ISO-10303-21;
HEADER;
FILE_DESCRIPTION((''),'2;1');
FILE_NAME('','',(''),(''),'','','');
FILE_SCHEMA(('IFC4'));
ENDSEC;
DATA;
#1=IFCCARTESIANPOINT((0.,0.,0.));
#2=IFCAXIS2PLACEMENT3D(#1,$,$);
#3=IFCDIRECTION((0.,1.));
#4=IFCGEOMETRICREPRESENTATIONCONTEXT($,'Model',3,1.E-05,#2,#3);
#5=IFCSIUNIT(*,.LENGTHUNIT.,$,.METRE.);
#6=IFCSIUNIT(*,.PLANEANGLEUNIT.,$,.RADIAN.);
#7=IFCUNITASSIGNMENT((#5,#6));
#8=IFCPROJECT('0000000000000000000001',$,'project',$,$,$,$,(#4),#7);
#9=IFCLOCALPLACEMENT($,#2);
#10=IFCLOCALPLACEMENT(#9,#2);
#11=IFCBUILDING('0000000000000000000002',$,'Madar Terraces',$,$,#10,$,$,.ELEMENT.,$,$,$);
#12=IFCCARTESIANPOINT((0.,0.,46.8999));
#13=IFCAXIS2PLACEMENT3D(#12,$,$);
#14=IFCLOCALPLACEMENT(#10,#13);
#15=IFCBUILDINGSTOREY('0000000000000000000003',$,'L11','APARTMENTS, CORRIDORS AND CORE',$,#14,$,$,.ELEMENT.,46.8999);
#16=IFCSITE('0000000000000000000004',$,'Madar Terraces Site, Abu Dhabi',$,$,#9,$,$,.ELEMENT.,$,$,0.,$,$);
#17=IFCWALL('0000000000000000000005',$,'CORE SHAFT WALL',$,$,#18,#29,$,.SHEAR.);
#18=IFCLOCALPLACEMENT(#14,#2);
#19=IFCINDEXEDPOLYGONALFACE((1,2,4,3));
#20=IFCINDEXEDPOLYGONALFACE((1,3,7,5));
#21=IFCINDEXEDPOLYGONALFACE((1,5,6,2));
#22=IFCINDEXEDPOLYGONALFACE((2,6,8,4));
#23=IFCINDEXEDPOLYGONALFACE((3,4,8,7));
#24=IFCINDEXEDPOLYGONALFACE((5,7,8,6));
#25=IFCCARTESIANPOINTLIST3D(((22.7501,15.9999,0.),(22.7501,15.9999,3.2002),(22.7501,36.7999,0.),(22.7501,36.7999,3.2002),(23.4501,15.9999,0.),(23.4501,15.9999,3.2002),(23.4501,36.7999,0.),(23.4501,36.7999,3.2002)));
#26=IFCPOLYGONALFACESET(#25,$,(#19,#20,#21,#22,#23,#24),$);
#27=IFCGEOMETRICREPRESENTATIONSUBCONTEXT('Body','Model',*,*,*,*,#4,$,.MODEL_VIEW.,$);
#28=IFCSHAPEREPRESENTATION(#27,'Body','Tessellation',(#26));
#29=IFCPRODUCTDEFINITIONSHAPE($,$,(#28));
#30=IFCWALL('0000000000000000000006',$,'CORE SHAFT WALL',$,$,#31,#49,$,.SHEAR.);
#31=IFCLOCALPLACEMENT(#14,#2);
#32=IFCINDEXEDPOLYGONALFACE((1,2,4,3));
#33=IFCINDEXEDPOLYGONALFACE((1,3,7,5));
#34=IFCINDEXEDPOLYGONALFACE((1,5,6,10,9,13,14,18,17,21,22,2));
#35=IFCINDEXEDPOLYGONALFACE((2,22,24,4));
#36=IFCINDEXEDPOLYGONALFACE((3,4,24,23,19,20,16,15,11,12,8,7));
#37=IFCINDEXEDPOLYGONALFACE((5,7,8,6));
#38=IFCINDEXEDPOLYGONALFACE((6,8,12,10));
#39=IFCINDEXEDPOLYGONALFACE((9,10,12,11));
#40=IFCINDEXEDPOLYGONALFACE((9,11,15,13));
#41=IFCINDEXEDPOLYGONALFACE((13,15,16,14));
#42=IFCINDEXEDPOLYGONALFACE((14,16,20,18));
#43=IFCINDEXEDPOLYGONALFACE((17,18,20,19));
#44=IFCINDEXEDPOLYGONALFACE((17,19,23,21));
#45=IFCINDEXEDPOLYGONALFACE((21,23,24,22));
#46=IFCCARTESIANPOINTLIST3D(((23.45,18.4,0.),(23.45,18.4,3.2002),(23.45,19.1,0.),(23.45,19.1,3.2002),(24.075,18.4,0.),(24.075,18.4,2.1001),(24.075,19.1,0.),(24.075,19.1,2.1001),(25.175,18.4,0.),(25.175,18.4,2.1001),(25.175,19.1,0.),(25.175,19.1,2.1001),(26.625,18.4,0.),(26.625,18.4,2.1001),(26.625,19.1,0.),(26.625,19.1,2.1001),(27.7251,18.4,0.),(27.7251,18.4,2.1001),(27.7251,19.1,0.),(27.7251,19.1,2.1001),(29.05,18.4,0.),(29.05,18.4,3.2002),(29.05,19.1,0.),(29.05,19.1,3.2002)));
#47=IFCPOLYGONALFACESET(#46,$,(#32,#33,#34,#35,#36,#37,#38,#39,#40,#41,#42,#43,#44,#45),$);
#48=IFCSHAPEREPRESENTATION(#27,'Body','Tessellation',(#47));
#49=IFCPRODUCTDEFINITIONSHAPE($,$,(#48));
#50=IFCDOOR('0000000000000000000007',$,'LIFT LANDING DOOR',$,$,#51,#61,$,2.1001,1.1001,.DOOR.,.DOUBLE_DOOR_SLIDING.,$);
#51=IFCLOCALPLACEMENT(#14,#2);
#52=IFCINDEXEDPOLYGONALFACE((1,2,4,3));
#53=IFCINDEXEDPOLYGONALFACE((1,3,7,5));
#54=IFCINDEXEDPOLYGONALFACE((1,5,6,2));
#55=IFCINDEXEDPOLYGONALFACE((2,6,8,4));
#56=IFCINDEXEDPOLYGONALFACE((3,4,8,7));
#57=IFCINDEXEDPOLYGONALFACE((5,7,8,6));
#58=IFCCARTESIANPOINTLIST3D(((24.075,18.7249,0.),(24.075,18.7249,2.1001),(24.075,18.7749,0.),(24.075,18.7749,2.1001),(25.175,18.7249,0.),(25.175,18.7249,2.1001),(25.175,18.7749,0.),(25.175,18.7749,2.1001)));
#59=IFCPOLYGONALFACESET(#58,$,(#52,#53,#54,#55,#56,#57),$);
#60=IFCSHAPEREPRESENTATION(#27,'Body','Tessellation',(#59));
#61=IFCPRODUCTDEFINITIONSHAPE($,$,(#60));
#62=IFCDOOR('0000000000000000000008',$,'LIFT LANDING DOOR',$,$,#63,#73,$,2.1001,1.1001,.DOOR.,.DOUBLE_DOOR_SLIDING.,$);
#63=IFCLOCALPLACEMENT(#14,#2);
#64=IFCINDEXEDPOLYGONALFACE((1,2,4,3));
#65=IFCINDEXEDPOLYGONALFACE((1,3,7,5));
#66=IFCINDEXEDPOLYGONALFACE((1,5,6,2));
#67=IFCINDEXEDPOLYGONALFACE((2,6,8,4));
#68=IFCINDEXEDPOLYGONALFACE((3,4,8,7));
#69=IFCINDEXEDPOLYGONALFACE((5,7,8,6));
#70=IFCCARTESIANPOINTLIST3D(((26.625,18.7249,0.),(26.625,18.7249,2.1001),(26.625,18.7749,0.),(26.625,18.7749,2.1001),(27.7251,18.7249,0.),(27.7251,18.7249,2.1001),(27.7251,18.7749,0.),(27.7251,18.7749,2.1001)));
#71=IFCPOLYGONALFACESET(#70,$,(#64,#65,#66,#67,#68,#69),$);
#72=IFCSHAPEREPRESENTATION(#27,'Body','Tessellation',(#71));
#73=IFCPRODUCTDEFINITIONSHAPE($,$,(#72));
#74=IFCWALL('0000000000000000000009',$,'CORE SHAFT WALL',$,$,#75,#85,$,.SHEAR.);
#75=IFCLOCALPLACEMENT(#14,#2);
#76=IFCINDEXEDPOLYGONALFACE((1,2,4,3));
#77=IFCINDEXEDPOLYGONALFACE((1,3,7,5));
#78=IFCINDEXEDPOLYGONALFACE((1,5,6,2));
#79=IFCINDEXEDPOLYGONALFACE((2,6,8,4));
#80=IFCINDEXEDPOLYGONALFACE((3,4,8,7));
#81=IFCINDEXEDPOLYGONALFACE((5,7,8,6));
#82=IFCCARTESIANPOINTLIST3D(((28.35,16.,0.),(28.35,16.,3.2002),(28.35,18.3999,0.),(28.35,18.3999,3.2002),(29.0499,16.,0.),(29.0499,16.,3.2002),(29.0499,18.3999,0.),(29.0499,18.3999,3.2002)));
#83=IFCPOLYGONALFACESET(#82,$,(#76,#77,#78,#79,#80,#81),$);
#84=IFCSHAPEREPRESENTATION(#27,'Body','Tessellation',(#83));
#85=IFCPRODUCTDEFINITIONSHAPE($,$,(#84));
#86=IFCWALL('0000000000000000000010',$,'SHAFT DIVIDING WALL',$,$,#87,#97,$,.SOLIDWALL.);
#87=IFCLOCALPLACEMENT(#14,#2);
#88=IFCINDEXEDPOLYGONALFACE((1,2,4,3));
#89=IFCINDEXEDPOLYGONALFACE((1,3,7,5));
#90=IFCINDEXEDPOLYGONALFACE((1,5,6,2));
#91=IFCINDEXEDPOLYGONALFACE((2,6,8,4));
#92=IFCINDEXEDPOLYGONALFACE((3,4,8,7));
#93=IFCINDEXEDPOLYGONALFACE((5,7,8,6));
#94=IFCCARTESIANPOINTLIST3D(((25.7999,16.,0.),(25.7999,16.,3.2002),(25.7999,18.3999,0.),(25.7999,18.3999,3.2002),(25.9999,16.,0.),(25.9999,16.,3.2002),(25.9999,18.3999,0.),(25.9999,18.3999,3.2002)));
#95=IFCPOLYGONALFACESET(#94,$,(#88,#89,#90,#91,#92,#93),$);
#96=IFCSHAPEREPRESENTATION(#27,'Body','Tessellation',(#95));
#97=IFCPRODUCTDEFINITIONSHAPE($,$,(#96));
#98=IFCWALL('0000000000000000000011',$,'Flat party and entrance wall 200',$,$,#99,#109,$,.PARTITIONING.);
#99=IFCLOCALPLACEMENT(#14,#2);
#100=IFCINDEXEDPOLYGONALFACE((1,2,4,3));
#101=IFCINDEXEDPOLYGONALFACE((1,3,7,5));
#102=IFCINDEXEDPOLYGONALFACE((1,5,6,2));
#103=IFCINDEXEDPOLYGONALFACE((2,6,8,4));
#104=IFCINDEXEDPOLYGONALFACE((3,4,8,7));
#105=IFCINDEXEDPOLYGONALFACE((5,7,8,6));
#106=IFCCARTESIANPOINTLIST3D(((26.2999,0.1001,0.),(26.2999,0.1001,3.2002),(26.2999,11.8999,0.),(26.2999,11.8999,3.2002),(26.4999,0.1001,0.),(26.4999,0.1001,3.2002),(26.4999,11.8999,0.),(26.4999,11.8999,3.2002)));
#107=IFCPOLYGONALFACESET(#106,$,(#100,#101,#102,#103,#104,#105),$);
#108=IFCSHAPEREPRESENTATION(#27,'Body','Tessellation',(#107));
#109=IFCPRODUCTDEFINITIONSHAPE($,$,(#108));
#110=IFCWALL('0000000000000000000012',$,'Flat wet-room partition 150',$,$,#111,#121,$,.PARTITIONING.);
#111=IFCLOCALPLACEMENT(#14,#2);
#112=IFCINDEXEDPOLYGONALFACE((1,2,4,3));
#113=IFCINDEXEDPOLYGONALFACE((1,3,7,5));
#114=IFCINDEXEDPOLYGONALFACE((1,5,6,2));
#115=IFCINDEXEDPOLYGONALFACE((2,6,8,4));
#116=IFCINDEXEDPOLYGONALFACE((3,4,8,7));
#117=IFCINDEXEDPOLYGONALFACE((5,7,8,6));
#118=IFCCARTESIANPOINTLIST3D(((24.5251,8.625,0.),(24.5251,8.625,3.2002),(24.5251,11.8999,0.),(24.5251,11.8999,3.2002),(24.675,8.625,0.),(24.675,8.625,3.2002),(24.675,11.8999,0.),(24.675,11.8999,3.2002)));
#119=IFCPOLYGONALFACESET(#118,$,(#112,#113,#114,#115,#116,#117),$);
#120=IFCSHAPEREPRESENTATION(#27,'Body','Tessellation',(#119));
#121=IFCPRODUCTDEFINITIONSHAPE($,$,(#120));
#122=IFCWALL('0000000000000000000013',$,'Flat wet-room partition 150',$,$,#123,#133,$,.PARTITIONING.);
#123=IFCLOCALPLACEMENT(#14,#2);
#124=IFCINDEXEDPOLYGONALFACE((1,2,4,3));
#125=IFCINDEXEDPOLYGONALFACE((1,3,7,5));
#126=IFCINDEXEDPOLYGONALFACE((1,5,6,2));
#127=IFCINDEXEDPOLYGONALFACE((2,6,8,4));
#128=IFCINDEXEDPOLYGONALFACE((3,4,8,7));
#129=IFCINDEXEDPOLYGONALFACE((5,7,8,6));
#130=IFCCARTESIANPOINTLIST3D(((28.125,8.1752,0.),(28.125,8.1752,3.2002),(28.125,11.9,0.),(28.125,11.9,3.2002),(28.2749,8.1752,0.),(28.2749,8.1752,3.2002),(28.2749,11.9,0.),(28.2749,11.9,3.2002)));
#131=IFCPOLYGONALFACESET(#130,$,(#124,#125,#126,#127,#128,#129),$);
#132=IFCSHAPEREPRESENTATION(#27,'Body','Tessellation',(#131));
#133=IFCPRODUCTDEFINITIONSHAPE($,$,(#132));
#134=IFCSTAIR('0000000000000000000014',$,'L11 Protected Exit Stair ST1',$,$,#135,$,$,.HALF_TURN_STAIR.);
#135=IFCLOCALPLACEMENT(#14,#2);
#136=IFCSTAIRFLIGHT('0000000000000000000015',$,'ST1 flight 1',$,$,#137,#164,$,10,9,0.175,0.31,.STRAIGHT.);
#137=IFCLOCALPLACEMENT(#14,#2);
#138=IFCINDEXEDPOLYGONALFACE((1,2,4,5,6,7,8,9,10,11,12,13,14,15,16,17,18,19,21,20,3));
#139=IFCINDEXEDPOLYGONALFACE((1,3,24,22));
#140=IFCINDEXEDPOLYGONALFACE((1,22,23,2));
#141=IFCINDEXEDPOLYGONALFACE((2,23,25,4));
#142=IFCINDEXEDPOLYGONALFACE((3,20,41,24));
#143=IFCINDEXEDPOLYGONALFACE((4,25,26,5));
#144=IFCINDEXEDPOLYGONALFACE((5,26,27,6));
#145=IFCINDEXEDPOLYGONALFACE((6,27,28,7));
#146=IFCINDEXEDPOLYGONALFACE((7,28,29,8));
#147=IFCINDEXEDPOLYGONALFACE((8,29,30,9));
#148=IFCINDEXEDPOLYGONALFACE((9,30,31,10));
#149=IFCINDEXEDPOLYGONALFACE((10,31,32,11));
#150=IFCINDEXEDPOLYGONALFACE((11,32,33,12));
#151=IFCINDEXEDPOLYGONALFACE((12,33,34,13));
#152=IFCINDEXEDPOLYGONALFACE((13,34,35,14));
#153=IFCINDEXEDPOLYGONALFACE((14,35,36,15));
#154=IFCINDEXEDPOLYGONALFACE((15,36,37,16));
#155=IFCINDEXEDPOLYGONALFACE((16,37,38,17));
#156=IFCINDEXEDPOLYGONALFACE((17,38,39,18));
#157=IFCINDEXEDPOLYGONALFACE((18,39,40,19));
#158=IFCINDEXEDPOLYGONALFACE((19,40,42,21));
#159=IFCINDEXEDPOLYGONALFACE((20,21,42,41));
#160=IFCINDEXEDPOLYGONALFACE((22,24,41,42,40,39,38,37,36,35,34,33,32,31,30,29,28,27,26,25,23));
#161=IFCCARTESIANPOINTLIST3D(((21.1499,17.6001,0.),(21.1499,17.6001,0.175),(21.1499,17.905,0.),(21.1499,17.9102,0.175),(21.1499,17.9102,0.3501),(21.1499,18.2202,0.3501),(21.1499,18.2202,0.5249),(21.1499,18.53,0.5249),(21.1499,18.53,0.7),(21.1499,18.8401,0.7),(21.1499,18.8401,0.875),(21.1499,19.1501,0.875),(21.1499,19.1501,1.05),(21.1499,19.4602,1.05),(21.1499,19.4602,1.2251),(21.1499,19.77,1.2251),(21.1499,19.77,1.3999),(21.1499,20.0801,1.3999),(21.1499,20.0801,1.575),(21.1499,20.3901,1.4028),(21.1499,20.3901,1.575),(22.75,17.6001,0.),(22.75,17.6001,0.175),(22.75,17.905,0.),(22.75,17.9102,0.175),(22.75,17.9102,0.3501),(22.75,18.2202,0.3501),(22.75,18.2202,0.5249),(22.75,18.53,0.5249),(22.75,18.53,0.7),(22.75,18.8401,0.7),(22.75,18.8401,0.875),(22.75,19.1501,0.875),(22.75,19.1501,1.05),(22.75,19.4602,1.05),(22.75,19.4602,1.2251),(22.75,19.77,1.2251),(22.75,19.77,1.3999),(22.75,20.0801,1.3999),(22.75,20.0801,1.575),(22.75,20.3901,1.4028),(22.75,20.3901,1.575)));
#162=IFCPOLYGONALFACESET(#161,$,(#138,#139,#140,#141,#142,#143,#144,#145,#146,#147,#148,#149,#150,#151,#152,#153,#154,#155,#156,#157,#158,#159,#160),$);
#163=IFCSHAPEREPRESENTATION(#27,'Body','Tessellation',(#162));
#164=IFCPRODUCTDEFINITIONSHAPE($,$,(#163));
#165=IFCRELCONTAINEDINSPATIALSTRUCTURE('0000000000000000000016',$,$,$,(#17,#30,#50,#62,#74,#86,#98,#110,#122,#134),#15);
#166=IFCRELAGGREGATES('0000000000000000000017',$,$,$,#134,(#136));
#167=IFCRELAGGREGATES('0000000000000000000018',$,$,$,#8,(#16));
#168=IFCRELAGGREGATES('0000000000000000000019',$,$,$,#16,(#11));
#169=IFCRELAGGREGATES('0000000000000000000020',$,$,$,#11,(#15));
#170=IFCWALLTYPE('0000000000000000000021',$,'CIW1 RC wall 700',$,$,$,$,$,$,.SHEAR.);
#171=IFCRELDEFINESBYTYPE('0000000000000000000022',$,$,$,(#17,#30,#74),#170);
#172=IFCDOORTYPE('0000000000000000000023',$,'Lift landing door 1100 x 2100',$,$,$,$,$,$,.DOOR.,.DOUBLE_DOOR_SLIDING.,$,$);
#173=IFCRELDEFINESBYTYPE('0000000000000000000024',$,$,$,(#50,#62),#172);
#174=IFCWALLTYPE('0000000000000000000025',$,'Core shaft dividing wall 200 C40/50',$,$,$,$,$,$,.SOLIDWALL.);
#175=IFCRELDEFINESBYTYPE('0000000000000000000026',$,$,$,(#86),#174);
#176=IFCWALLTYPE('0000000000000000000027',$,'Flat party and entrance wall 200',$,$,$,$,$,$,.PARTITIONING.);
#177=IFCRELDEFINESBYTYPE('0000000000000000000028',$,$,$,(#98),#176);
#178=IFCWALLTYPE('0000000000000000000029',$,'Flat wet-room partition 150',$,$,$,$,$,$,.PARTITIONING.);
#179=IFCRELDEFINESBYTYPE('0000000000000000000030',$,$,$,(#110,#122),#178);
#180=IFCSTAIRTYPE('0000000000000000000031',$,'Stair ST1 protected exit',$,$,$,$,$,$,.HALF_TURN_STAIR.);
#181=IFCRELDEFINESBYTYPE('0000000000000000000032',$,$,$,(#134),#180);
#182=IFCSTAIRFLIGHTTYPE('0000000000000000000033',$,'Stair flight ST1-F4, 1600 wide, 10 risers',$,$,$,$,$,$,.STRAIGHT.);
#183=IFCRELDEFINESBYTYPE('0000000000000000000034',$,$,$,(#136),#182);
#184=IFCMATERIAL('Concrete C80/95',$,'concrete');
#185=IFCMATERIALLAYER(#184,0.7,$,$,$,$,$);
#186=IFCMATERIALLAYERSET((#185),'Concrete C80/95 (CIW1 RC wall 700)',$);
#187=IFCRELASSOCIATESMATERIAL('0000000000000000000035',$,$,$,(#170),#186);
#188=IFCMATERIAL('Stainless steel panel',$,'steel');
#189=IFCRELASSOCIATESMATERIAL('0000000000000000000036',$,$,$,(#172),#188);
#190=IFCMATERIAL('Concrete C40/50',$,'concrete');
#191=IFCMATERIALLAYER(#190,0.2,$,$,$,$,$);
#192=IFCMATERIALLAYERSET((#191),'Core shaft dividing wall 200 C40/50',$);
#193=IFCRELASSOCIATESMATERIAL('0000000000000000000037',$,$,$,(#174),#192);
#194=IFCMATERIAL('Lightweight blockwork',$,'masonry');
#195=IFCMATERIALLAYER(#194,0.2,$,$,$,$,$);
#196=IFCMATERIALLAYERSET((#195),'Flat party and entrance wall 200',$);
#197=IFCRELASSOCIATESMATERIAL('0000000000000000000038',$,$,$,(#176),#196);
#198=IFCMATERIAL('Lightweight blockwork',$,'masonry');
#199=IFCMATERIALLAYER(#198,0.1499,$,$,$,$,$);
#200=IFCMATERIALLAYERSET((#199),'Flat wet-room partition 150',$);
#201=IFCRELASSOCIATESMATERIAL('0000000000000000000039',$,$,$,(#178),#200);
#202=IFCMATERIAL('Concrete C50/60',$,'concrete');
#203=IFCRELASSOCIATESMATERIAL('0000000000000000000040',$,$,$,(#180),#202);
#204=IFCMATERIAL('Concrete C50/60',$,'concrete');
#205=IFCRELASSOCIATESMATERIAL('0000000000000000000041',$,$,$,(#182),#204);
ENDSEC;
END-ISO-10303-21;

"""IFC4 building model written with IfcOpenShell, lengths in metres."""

from ifc_helpers import new_model, si_unit, direction, frame, frame_2d, origin, place, context, subcontext, project, spatial, polyline, rectangle, outline, extrude, material, layer, layer_set, type_object, element, fill, aggregate, save


model = new_model("IFC4")

# Units and contexts
model_context = context("Model", 3, precision=1e-05, world=origin(), true_north=direction((0.0, 1.0)))
body_context = subcontext(model_context, "Body", "Model", "MODEL_VIEW")
ifc_project = project(units=[si_unit("LENGTHUNIT", "METRE"), si_unit("PLANEANGLEUNIT", "RADIAN")], contexts=[model_context])

# Site, building, storey
site_placement = place(None, origin())
site = spatial("IfcSite", under=ifc_project, at=site_placement, Name="Madar Terraces Site, Abu Dhabi", CompositionType="ELEMENT", RefElevation=0.0)
building_placement = place(site_placement, origin())
building = spatial("IfcBuilding", under=site, at=building_placement, Name="Madar Terraces", CompositionType="ELEMENT")
storey_placement = place(building_placement, frame((0.0, 0.0, 46.8999)))
storey = spatial("IfcBuildingStorey", under=building, at=storey_placement, Name="L11", Description="APARTMENTS, CORRIDORS AND CORE", CompositionType="ELEMENT", Elevation=46.8999)

# Wall
ifc_material_1 = material(Name="Concrete C80/95", Category="concrete")
ifc_layer_1 = layer(ifc_material_1, 0.7)
ifc_layer_set_1 = layer_set([ifc_layer_1], Name="Concrete C80/95 (CIW1 RC wall 700)")
wall_type_1 = type_object("IfcWallType", Name="CIW1 RC wall 700", PredefinedType="SHEAR", material=ifc_layer_set_1)
wall_1_placement = place(storey_placement, frame((23.1001, 16.0, 0.0), z_axis=(0.0, 0.0, 1.0), x_axis=(0.0, 1.0, 0.0)))
element("IfcWall", 1, at=wall_1_placement, inside=storey, type_object=wall_type_1, Name="CORE SHAFT WALL", PredefinedType="SHEAR", context=body_context, shape_type="SweptSolid", body=[
    extrude(rectangle(XDim=20.8, YDim=0.7, at=frame_2d((10.3999, 0.0))), origin(), (0.0, 0.0, 1.0), 3.2002),
])

# Wall, openings, doors
wall_2_placement = place(storey_placement, frame((23.45, 18.75, 0.0), z_axis=(0.0, 0.0, 1.0), x_axis=(1.0, 0.0, 0.0)))
wall_2 = element("IfcWall", 2, at=wall_2_placement, inside=storey, type_object=wall_type_1, Name="CORE SHAFT WALL", PredefinedType="SHEAR", context=body_context, shape_type="SweptSolid", body=[
    extrude(rectangle(XDim=5.6001, YDim=0.7, at=frame_2d((2.8, 0.0))), origin(), (0.0, 0.0, 1.0), 3.2002),
])
opening_1_placement = place(wall_2_placement, frame((0.625, 0.0, 0.0)))
opening_1 = element("IfcOpeningElement", 3, at=opening_1_placement, cuts=wall_2, PredefinedType="OPENING", context=body_context, shape_type="SweptSolid", body=[
    extrude(rectangle(XDim=1.1001, YDim=2.1001, at=frame_2d((0.55, 1.05))), frame((0.0, 0.3599, 0.0), z_axis=(0.0, -1.0, 0.0), x_axis=(1.0, 0.0, 0.0)), (0.0, 0.0, 1.0), 0.72),
])
opening_2_placement = place(wall_2_placement, frame((3.175, 0.0, 0.0)))
opening_2 = element("IfcOpeningElement", 4, at=opening_2_placement, cuts=wall_2, PredefinedType="OPENING", context=body_context, shape_type="SweptSolid", body=[
    extrude(rectangle(XDim=1.1001, YDim=2.1001, at=frame_2d((0.55, 1.05))), frame((0.0, 0.3599, 0.0), z_axis=(0.0, -1.0, 0.0), x_axis=(1.0, 0.0, 0.0)), (0.0, 0.0, 1.0), 0.72),
])
ifc_material_2 = material(Name="Stainless steel panel", Category="steel")
door_type = type_object("IfcDoorType", Name="Lift landing door 1100 x 2100", OperationType="DOUBLE_DOOR_SLIDING", PredefinedType="DOOR", material=ifc_material_2)
door_1_placement = place(opening_1_placement, origin())
door_1 = element("IfcDoor", 5, at=door_1_placement, inside=storey, type_object=door_type, Name="LIFT LANDING DOOR", OperationType="DOUBLE_DOOR_SLIDING", OverallHeight=2.1001, OverallWidth=1.1001, PredefinedType="DOOR", context=body_context, shape_type="SweptSolid", body=[
    extrude(rectangle(XDim=1.1001, YDim=2.1001, at=frame_2d((0.55, 1.05))), frame((0.0, 0.0249, 0.0), z_axis=(0.0, -1.0, 0.0), x_axis=(1.0, 0.0, 0.0)), (0.0, 0.0, 1.0), 0.05),
])
fill(opening_1, door_1)
door_2_placement = place(opening_2_placement, origin())
door_2 = element("IfcDoor", 6, at=door_2_placement, inside=storey, type_object=door_type, Name="LIFT LANDING DOOR", OperationType="DOUBLE_DOOR_SLIDING", OverallHeight=2.1001, OverallWidth=1.1001, PredefinedType="DOOR", context=body_context, shape_type="SweptSolid", body=[
    extrude(rectangle(XDim=1.1001, YDim=2.1001, at=frame_2d((0.55, 1.05))), frame((0.0, 0.0249, 0.0), z_axis=(0.0, -1.0, 0.0), x_axis=(1.0, 0.0, 0.0)), (0.0, 0.0, 1.0), 0.05),
])
fill(opening_2, door_2)

# Walls
wall_3_placement = place(storey_placement, frame((28.7, 16.0, 0.0), z_axis=(0.0, 0.0, 1.0), x_axis=(0.0, 1.0, 0.0)))
element("IfcWall", 7, at=wall_3_placement, inside=storey, type_object=wall_type_1, Name="CORE SHAFT WALL", PredefinedType="SHEAR", context=body_context, shape_type="SweptSolid", body=[
    extrude(rectangle(XDim=2.3999, YDim=0.7, at=frame_2d((1.2, 0.0))), origin(), (0.0, 0.0, 1.0), 3.2002),
])
ifc_material_3 = material(Name="Concrete C40/50", Category="concrete")
ifc_layer_2 = layer(ifc_material_3, 0.2)
ifc_layer_set_2 = layer_set([ifc_layer_2], Name="Core shaft dividing wall 200 C40/50")
wall_type_2 = type_object("IfcWallType", Name="Core shaft dividing wall 200 C40/50", PredefinedType="SOLIDWALL", material=ifc_layer_set_2)
wall_4_placement = place(storey_placement, frame((25.8999, 16.0, 0.0), z_axis=(0.0, 0.0, 1.0), x_axis=(0.0, 1.0, 0.0)))
element("IfcWall", 8, at=wall_4_placement, inside=storey, type_object=wall_type_2, Name="SHAFT DIVIDING WALL", PredefinedType="SOLIDWALL", context=body_context, shape_type="SweptSolid", body=[
    extrude(rectangle(XDim=2.3999, YDim=0.2, at=frame_2d((1.2, 0.0))), origin(), (0.0, 0.0, 1.0), 3.2002),
])
ifc_material_4 = material(Name="Lightweight blockwork", Category="masonry")
ifc_layer_3 = layer(ifc_material_4, 0.2)
ifc_layer_set_3 = layer_set([ifc_layer_3], Name="Flat party and entrance wall 200")
wall_type_3 = type_object("IfcWallType", Name="Flat party and entrance wall 200", PredefinedType="PARTITIONING", material=ifc_layer_set_3)
wall_5_placement = place(storey_placement, frame((26.3999, 11.8999, 0.0), z_axis=(0.0, 0.0, 1.0), x_axis=(0.0, -1.0, 0.0)))
element("IfcWall", 9, at=wall_5_placement, inside=storey, type_object=wall_type_3, Name="Flat party and entrance wall 200", PredefinedType="PARTITIONING", context=body_context, shape_type="SweptSolid", body=[
    extrude(rectangle(XDim=11.7998, YDim=0.2, at=frame_2d((5.8999, 0.0))), origin(), (0.0, 0.0, 1.0), 3.2002),
])
ifc_material_5 = material(Name="Lightweight blockwork", Category="masonry")
ifc_layer_4 = layer(ifc_material_5, 0.1499)
ifc_layer_set_4 = layer_set([ifc_layer_4], Name="Flat wet-room partition 150")
wall_type_4 = type_object("IfcWallType", Name="Flat wet-room partition 150", PredefinedType="PARTITIONING", material=ifc_layer_set_4)
wall_6_placement = place(storey_placement, frame((24.6001, 11.8999, 0.0), z_axis=(0.0, 0.0, 1.0), x_axis=(0.0, -1.0, 0.0)))
element("IfcWall", 10, at=wall_6_placement, inside=storey, type_object=wall_type_4, Name="Flat wet-room partition 150", PredefinedType="PARTITIONING", context=body_context, shape_type="SweptSolid", body=[
    extrude(rectangle(XDim=3.2749, YDim=0.1499, at=frame_2d((1.6375, 0.0))), origin(), (0.0, 0.0, 1.0), 3.2002),
])
wall_7_placement = place(storey_placement, frame((28.2, 11.8999, 0.0), z_axis=(0.0, 0.0, 1.0), x_axis=(0.0, -1.0, 0.0)))
element("IfcWall", 11, at=wall_7_placement, inside=storey, type_object=wall_type_4, Name="Flat wet-room partition 150", PredefinedType="PARTITIONING", context=body_context, shape_type="SweptSolid", body=[
    extrude(rectangle(XDim=3.7249, YDim=0.1499, at=frame_2d((1.8623, 0.0))), origin(), (0.0, 0.0, 1.0), 3.2002),
])

# Stair, stair flight
ifc_material_6 = material(Name="Concrete C50/60", Category="concrete")
stair_type = type_object("IfcStairType", Name="Stair ST1 protected exit", PredefinedType="HALF_TURN_STAIR", material=ifc_material_6)
stair_placement = place(storey_placement, origin())
stair = element("IfcStair", 12, at=stair_placement, inside=storey, type_object=stair_type, Name="L11 Protected Exit Stair ST1", PredefinedType="HALF_TURN_STAIR")
ifc_material_7 = material(Name="Concrete C50/60", Category="concrete")
stair_flight_type = type_object("IfcStairFlightType", Name="Stair flight ST1-F4, 1600 wide, 10 risers", PredefinedType="STRAIGHT", material=ifc_material_7)
stair_flight_placement = place(storey_placement, frame((21.95, 17.6001, 0.0), z_axis=(0.0, 0.0, 1.0), x_axis=(0.0, 1.0, 0.0)))
stair_flight = element("IfcStairFlight", 13, at=stair_flight_placement, type_object=stair_flight_type, Name="ST1 flight 1", NumberOfRisers=10, NumberOfTreads=9, PredefinedType="STRAIGHT", RiserHeight=0.175, TreadLength=0.31, context=body_context, shape_type="SweptSolid", body=[
    extrude(outline(polyline([(0.0, 0.0), (0.0, 0.175), (0.3101, 0.175), (0.3101, 0.3501), (0.6201, 0.3501), (0.6201, 0.5249), (0.9299, 0.5249), (0.9299, 0.7), (1.24, 0.7), (1.24, 0.875), (1.55, 0.875), (1.55, 1.05), (1.8601, 1.05), (1.8601, 1.2251), (2.1699, 1.2251), (2.1699, 1.3999), (2.48, 1.3999), (2.48, 1.575), (2.79, 1.575), (2.79, 1.75), (2.79, 1.4028), (0.3049, 0.0), (0.0, 0.0)])), frame((0.0, 0.8, 0.0), z_axis=(0.0, -1.0, 0.0), x_axis=(1.0, 0.0, 0.0)), (0.0, 0.0, 1.0), 1.6001),
])
aggregate(stair, [stair_flight])

save(model, "model.ifc")
